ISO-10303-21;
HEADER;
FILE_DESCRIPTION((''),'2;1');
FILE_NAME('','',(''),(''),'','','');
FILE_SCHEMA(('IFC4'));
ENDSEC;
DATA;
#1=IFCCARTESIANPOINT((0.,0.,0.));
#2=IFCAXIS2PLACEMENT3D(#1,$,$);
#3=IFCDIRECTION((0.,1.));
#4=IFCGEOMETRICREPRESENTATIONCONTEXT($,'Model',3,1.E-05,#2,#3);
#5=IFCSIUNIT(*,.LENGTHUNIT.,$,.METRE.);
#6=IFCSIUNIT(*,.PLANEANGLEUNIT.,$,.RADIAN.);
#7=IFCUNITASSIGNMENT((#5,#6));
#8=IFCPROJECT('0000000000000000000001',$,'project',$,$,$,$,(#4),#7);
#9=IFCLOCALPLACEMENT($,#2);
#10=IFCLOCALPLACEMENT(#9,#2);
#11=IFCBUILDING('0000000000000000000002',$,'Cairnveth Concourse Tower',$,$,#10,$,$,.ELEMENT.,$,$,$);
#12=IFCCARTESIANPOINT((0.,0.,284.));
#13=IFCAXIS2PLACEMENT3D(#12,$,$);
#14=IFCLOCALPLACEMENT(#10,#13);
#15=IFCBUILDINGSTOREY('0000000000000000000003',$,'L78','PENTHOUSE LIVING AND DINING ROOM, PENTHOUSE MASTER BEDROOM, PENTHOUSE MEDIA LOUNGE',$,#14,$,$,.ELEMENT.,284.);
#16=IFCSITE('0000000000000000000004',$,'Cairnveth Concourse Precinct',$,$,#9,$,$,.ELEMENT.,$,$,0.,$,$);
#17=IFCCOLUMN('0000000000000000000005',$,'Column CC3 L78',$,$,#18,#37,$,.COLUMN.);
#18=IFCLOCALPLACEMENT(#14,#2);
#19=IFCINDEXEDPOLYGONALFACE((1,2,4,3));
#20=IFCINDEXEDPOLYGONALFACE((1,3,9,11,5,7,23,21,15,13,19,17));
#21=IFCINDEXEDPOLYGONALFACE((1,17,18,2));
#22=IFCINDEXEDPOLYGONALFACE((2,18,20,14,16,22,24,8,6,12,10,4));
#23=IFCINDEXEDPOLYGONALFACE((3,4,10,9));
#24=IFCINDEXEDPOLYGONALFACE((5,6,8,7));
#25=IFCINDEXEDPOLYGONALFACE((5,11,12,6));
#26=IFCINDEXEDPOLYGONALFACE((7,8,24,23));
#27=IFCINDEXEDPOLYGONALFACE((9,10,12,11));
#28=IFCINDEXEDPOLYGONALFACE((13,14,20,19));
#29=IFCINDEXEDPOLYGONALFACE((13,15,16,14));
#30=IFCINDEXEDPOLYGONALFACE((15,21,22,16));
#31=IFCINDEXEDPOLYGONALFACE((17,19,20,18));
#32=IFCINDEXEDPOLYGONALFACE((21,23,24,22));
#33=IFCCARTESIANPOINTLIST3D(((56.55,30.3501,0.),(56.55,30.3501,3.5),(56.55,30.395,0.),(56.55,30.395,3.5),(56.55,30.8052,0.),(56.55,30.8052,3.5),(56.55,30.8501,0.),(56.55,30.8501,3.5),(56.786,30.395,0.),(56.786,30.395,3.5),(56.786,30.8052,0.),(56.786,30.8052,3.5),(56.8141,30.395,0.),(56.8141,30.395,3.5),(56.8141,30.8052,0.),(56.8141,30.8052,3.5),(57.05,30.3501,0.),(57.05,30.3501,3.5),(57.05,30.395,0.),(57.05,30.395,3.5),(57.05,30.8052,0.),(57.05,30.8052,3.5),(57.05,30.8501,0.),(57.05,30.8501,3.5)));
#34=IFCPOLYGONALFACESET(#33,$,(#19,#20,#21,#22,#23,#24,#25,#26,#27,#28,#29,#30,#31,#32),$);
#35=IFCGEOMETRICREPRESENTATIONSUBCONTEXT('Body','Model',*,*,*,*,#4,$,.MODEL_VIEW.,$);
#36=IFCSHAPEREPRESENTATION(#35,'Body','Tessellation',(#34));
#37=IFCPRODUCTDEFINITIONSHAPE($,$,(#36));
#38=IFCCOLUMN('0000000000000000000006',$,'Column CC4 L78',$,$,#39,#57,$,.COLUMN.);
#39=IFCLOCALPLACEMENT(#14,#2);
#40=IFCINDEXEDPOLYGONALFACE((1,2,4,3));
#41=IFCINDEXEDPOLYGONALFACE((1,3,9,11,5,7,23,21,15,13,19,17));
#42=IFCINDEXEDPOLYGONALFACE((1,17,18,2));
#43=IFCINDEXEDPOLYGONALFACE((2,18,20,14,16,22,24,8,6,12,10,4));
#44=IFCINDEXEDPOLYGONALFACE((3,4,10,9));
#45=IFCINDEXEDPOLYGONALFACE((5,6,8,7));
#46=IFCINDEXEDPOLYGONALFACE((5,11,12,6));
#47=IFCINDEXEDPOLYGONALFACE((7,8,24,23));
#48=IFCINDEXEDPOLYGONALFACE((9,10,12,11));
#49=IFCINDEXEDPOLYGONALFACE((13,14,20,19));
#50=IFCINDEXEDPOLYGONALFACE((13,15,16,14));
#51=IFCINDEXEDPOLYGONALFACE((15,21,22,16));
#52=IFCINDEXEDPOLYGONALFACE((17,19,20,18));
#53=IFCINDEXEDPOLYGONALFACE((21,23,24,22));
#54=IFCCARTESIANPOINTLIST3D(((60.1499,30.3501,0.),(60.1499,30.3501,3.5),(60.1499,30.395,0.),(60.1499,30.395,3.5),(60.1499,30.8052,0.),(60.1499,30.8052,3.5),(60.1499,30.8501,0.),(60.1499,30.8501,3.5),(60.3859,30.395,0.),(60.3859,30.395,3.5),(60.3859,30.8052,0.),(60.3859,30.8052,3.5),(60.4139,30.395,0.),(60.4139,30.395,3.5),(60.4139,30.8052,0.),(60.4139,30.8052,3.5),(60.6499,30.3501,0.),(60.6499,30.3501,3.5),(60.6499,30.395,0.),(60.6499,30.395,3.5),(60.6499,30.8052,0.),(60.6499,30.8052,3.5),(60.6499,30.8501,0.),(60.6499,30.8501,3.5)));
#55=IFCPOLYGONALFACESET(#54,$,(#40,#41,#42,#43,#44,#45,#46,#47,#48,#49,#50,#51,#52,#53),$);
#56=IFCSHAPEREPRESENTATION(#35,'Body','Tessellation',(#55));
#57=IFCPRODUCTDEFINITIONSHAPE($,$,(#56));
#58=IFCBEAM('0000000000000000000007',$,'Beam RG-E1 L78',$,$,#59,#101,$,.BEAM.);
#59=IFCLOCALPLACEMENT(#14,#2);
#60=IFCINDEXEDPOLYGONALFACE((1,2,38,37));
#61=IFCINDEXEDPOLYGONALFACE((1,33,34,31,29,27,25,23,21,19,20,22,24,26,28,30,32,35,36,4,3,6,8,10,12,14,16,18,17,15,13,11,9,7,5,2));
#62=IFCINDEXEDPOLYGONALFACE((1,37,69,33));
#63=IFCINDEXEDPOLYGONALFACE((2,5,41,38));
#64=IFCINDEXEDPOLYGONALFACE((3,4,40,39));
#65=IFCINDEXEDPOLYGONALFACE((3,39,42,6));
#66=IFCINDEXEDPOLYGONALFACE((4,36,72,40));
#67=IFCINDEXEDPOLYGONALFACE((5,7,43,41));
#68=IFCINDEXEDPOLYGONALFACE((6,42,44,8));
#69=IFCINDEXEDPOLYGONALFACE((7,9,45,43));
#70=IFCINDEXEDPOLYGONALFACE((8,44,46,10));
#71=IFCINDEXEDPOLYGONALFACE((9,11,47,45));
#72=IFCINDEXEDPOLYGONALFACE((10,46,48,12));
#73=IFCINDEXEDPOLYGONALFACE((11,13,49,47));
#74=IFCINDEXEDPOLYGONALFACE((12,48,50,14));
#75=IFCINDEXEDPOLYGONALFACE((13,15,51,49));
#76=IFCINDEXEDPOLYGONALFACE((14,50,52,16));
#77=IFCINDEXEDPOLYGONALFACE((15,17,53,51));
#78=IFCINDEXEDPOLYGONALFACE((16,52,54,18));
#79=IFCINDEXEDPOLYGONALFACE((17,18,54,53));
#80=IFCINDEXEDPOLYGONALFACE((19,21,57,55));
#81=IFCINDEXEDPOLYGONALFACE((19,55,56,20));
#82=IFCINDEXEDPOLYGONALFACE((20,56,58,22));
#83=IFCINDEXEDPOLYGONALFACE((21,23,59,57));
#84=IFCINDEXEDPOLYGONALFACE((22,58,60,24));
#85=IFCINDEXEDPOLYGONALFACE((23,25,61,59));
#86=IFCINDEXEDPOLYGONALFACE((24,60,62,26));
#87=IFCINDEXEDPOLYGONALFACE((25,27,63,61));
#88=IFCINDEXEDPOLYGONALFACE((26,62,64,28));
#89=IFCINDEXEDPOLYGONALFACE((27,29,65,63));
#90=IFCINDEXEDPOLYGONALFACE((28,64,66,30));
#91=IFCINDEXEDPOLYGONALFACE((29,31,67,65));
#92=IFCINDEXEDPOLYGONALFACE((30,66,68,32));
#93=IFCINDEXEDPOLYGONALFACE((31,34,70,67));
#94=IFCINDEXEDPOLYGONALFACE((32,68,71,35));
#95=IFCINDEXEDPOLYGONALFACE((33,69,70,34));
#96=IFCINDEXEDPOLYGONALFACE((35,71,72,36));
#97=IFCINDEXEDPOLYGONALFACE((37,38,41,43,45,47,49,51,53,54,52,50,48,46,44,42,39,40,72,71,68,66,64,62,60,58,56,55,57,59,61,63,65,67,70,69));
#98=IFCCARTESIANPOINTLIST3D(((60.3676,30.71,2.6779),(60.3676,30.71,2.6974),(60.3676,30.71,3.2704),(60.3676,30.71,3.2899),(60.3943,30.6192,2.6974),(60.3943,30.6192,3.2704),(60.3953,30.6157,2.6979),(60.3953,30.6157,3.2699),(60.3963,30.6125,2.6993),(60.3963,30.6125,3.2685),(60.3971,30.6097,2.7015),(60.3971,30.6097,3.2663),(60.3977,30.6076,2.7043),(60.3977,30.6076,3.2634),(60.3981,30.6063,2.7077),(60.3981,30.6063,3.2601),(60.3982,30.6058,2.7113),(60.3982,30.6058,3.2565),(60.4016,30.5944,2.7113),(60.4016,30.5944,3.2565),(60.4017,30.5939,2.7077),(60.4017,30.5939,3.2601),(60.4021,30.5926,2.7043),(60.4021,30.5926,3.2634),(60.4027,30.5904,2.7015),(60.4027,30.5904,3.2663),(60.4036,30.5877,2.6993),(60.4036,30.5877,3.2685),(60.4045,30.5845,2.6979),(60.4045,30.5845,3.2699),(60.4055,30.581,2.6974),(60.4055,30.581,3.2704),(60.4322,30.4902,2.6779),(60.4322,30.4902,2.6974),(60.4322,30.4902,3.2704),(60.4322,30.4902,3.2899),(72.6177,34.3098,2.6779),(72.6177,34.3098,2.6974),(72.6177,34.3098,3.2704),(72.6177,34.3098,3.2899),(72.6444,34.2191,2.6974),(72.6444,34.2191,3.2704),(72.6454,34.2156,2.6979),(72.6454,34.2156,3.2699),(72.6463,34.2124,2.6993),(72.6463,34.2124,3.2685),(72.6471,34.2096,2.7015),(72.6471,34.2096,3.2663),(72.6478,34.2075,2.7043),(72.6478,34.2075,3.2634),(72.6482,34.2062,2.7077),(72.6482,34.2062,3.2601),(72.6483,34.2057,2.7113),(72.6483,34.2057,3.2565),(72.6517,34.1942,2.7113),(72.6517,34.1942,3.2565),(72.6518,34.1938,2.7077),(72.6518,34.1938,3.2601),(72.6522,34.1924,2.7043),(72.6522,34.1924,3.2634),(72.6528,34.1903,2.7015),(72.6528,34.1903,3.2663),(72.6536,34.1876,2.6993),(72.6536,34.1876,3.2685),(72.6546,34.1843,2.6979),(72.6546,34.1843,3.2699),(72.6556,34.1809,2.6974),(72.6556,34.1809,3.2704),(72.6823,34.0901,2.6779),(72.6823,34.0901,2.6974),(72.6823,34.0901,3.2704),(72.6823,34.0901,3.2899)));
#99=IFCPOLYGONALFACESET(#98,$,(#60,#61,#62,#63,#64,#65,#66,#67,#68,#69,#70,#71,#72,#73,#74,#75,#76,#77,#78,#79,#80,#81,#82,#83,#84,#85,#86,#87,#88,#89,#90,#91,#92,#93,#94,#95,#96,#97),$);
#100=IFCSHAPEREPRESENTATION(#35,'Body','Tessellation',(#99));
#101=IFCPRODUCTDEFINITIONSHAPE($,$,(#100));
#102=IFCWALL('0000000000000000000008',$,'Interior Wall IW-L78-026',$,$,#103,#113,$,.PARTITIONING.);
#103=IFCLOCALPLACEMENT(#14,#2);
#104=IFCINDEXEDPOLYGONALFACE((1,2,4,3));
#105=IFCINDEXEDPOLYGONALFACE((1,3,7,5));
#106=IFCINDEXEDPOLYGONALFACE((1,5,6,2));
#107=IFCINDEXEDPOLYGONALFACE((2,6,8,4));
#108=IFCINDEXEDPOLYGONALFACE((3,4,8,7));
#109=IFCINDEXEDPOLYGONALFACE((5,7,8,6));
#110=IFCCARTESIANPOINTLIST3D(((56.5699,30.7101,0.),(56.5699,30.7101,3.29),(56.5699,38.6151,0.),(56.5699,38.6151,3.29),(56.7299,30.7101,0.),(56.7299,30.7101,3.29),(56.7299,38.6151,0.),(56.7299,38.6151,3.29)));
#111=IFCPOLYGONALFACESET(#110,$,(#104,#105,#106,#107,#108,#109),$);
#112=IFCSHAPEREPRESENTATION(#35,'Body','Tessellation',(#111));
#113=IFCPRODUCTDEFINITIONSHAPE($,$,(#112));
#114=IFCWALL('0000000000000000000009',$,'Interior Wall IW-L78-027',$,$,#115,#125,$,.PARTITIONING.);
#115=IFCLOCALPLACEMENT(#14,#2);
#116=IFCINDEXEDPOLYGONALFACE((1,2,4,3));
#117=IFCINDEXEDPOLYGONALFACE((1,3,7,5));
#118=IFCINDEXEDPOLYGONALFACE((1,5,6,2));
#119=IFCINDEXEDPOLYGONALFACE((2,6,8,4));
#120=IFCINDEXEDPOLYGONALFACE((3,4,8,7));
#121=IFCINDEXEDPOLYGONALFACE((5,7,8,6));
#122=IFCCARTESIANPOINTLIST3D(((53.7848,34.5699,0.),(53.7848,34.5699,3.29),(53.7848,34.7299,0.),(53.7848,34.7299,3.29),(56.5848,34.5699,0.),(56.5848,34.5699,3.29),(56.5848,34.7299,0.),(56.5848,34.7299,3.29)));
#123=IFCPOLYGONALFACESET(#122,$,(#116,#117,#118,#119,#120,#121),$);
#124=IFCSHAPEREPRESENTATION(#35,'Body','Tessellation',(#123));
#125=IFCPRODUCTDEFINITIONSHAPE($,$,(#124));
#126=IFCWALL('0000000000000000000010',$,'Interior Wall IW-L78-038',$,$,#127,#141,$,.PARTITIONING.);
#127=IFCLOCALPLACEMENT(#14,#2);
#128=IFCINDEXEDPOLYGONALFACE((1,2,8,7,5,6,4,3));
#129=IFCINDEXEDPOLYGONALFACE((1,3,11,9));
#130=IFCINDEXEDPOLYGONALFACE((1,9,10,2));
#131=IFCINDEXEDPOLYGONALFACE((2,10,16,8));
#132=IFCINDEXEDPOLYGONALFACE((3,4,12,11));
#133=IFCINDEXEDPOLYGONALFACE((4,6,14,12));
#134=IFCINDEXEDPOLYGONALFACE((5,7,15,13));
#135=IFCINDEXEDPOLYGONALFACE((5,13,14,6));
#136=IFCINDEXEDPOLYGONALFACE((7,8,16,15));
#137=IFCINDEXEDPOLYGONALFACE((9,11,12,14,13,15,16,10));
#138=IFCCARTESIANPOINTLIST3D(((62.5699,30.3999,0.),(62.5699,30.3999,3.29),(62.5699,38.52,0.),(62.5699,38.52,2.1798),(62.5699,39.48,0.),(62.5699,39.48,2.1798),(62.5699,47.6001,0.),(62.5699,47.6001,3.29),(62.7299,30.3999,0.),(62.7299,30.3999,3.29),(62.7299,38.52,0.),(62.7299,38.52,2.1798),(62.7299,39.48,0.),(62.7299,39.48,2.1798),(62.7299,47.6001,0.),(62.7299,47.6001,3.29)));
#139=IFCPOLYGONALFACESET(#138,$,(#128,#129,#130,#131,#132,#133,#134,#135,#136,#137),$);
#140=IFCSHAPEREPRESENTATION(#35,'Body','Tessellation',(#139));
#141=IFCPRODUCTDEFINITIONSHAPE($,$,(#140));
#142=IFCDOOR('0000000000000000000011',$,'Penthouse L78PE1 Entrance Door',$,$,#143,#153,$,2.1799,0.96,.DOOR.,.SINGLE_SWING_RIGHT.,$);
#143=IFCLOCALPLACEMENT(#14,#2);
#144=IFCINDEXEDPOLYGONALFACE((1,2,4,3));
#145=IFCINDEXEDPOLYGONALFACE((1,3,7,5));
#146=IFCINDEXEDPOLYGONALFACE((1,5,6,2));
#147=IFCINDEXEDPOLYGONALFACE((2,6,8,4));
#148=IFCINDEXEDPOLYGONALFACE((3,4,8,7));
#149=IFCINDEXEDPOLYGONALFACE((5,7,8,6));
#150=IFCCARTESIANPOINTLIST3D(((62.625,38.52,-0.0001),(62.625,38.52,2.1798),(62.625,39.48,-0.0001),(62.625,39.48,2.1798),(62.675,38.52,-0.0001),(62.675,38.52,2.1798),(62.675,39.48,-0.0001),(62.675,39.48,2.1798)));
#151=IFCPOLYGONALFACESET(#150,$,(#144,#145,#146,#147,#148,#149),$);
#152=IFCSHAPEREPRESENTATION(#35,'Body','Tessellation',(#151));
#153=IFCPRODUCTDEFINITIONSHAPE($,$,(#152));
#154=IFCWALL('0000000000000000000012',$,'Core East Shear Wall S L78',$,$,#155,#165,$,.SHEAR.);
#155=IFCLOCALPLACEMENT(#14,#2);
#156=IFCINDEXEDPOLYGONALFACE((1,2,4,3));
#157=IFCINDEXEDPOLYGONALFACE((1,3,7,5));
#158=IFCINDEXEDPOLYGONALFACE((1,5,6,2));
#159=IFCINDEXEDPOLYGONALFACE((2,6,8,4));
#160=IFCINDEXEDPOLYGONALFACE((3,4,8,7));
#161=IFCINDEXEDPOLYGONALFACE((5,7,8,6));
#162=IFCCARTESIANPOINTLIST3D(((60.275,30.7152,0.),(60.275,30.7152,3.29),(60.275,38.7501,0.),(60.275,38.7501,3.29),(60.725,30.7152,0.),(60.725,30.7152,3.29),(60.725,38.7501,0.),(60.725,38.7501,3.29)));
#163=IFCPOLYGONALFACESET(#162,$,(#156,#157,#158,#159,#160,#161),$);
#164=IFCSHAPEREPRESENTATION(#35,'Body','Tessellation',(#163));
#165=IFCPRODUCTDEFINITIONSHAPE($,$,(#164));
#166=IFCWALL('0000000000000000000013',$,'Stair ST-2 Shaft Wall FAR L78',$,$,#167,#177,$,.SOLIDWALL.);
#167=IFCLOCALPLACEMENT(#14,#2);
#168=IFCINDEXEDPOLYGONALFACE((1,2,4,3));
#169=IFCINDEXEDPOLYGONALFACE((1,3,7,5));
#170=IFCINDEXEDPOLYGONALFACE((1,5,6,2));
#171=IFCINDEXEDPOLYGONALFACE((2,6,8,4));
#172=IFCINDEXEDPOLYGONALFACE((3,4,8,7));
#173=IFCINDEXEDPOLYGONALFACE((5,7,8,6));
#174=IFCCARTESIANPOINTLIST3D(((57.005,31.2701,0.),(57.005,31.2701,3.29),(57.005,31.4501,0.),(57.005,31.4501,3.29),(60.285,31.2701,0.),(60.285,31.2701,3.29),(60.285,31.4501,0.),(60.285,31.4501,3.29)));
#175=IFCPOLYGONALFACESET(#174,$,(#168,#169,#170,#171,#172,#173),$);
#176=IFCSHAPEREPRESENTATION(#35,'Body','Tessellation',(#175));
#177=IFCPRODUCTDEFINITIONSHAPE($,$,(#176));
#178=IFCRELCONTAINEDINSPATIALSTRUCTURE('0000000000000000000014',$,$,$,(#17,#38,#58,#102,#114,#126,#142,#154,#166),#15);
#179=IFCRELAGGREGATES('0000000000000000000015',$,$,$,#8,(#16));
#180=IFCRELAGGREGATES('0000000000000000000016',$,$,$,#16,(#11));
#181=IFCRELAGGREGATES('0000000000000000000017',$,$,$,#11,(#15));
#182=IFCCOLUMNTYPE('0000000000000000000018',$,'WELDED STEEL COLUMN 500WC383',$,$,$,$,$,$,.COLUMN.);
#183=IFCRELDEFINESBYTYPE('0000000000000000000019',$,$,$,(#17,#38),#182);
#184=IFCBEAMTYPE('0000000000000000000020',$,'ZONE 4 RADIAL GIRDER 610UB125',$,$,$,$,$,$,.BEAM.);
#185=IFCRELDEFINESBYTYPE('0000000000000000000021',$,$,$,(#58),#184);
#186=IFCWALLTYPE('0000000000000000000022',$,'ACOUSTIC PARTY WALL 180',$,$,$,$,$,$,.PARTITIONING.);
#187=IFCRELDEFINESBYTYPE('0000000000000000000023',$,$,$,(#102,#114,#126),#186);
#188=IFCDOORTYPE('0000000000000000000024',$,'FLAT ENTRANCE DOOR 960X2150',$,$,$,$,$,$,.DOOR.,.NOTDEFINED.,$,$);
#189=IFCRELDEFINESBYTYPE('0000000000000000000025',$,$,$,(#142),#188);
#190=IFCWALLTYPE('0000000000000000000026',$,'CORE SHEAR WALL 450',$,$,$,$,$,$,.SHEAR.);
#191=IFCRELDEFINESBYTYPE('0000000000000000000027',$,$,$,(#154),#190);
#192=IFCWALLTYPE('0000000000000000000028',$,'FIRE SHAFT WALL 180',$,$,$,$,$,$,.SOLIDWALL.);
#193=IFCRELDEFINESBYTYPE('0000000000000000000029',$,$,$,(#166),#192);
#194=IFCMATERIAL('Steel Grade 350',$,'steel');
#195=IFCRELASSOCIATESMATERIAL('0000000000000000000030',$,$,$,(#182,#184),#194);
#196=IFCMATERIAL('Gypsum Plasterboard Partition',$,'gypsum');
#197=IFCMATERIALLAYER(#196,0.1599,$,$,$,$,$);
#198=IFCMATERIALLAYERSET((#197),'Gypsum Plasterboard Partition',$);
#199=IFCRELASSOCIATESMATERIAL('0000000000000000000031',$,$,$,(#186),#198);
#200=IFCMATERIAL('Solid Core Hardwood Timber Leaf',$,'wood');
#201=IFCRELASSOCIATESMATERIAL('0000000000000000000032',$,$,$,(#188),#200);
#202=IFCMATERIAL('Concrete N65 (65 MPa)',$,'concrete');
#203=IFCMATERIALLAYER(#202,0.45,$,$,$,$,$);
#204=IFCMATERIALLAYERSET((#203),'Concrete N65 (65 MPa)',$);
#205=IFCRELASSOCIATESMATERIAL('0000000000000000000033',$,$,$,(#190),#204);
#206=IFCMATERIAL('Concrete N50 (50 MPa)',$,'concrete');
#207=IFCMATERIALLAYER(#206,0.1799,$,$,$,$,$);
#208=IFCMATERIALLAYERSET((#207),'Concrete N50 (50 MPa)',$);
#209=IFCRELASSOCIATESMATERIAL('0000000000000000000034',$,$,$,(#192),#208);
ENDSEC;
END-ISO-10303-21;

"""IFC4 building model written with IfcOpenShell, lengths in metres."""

from ifc_helpers import new_model, si_unit, direction, frame, frame_2d, origin, origin_2d, place, context, subcontext, project, spatial, rectangle, i_section, extrude, material, layer, layer_set, material_profile, profile_set, type_object, element, fill, save


model = new_model("IFC4")

# Units and contexts
model_context = context("Model", 3, precision=1e-05, world=origin(), true_north=direction((0.0, 1.0)))
body_context = subcontext(model_context, "Body", "Model", "MODEL_VIEW")
ifc_project = project(units=[si_unit("LENGTHUNIT", "METRE"), si_unit("PLANEANGLEUNIT", "RADIAN")], contexts=[model_context])

# Site, building, storey
site_placement = place(None, origin())
site = spatial("IfcSite", under=ifc_project, at=site_placement, Name="Cairnveth Concourse Precinct", CompositionType="ELEMENT", RefElevation=0.0)
building_placement = place(site_placement, origin())
building = spatial("IfcBuilding", under=site, at=building_placement, Name="Cairnveth Concourse Tower", CompositionType="ELEMENT")
storey_placement = place(building_placement, frame((0.0, 0.0, 284.0)))
storey = spatial("IfcBuildingStorey", under=building, at=storey_placement, Name="L78", Description="PENTHOUSE LIVING AND DINING ROOM, PENTHOUSE MASTER BEDROOM, PENTHOUSE MEDIA LOUNGE", CompositionType="ELEMENT", Elevation=284.0)

# Columns
ifc_material_1 = material(Name="Steel Grade 350", Category="steel")
ifc_material_profile_1 = material_profile(ifc_material_1, i_section(OverallWidth=0.5, OverallDepth=0.5, WebThickness=0.0281, FlangeThickness=0.0449, at=origin_2d()), Name="500WC383")
ifc_profile_set_1 = profile_set([ifc_material_profile_1], Name="Steel Grade 350")
column_type = type_object("IfcColumnType", Name="WELDED STEEL COLUMN 500WC383", PredefinedType="COLUMN", material=ifc_profile_set_1)
for number, where, z_axis, x_axis, name in (
    (1, (56.8, 30.6001, 0.0), (0.0, 0.0, 1.0), (1.0, 0.0, 0.0), "Column CC3 L78"),
    (2, (60.3999, 30.6001, 0.0), (0.0, 0.0, 1.0), (1.0, 0.0, 0.0), "Column CC4 L78"),
):
    element("IfcColumn", number, at=place(storey_placement, frame(where, z_axis=z_axis, x_axis=x_axis)), inside=storey, type_object=column_type, Name=name, PredefinedType="COLUMN", context=body_context, shape_type="SweptSolid", body=[
        extrude(i_section(OverallWidth=0.5, OverallDepth=0.5, WebThickness=0.0281, FlangeThickness=0.0449, at=origin_2d()), origin(), (0.0, 0.0, 1.0), 3.5),
    ])

# Beam
ifc_material_profile_2 = material_profile(ifc_material_1, i_section(OverallWidth=0.229, OverallDepth=0.6121, WebThickness=0.012, FlangeThickness=0.0195, FilletRadius=0.0139, at=origin_2d()), Name="610UB125")
ifc_profile_set_2 = profile_set([ifc_material_profile_2], Name="Steel Grade 350")
beam_type = type_object("IfcBeamType", Name="ZONE 4 RADIAL GIRDER 610UB125", PredefinedType="BEAM", material=ifc_profile_set_2)
beam_placement = place(storey_placement, frame((60.3999, 30.6001, 2.9839), z_axis=(0.959431, 0.281944, 0.0), x_axis=(-0.281944, 0.959431, 0.0)))
element("IfcBeam", 3, at=beam_placement, inside=storey, type_object=beam_type, Name="Beam RG-E1 L78", PredefinedType="BEAM", context=body_context, shape_type="SweptSolid", body=[
    extrude(i_section(OverallWidth=0.229, OverallDepth=0.6121, WebThickness=0.012, FlangeThickness=0.0195, FilletRadius=0.0139, at=origin_2d()), origin(), (0.0, 0.0, 1.0), 12.7681),
])

# Walls
ifc_material_2 = material(Name="Gypsum Plasterboard Partition", Category="gypsum")
ifc_layer_1 = layer(ifc_material_2, 0.1599)
ifc_layer_set_1 = layer_set([ifc_layer_1], Name="Gypsum Plasterboard Partition")
wall_type_1 = type_object("IfcWallType", Name="ACOUSTIC PARTY WALL 180", PredefinedType="PARTITIONING", material=ifc_layer_set_1)
wall_1_placement = place(storey_placement, frame((56.6499, 30.71, 0.0), z_axis=(0.0, 0.0, 1.0), x_axis=(0.0, 1.0, 0.0)))
element("IfcWall", 4, at=wall_1_placement, inside=storey, type_object=wall_type_1, Name="Interior Wall IW-L78-026", PredefinedType="PARTITIONING", context=body_context, shape_type="SweptSolid", body=[
    extrude(rectangle(XDim=7.905, YDim=0.1599, at=frame_2d((3.9526, 0.0))), origin(), (0.0, 0.0, 1.0), 3.29),
])
wall_2_placement = place(storey_placement, frame((53.7849, 34.6499, 0.0), z_axis=(0.0, 0.0, 1.0), x_axis=(1.0, 0.0, 0.0)))
element("IfcWall", 5, at=wall_2_placement, inside=storey, type_object=wall_type_1, Name="Interior Wall IW-L78-027", PredefinedType="PARTITIONING", context=body_context, shape_type="SweptSolid", body=[
    extrude(rectangle(XDim=2.8, YDim=0.1599, at=frame_2d((1.3999, 0.0))), origin(), (0.0, 0.0, 1.0), 3.29),
])

# Wall, opening, door
wall_3_placement = place(storey_placement, frame((62.6499, 30.3999, 0.0), z_axis=(0.0, 0.0, 1.0), x_axis=(0.0, 1.0, 0.0)))
wall_3 = element("IfcWall", 6, at=wall_3_placement, inside=storey, type_object=wall_type_1, Name="Interior Wall IW-L78-038", PredefinedType="PARTITIONING", context=body_context, shape_type="SweptSolid", body=[
    extrude(rectangle(XDim=17.2002, YDim=0.1599, at=frame_2d((8.6001, 0.0))), origin(), (0.0, 0.0, 1.0), 3.29),
])
opening_1_placement = place(wall_3_placement, frame((8.1201, 0.0, 0.0)))
opening_1 = element("IfcOpeningElement", 7, at=opening_1_placement, cuts=wall_3, PredefinedType="OPENING", context=body_context, shape_type="SweptSolid", body=[
    extrude(rectangle(XDim=0.96, YDim=2.1799, at=frame_2d((0.48, 1.0898))), frame((0.0, 0.0898, 0.0), z_axis=(0.0, -1.0, 0.0), x_axis=(1.0, 0.0, 0.0)), (0.0, 0.0, 1.0), 0.1799),
])
ifc_material_3 = material(Name="Solid Core Hardwood Timber Leaf", Category="wood")
door_type_1 = type_object("IfcDoorType", Name="FLAT ENTRANCE DOOR 960X2150", OperationType="NOTDEFINED", PredefinedType="DOOR", material=ifc_material_3)
door_1_placement = place(opening_1_placement, origin())
door_1 = element("IfcDoor", 8, at=door_1_placement, inside=storey, type_object=door_type_1, Name="Penthouse L78PE1 Entrance Door", OperationType="SINGLE_SWING_RIGHT", OverallHeight=2.1799, OverallWidth=0.96, PredefinedType="DOOR", context=body_context, shape_type="SweptSolid", body=[
    extrude(rectangle(XDim=0.96, YDim=2.1799, at=frame_2d((0.48, 1.0898))), frame((0.0, 0.0249, 0.0), z_axis=(0.0, -1.0, 0.0), x_axis=(1.0, 0.0, 0.0)), (0.0, 0.0, 1.0), 0.05),
])
fill(opening_1, door_1)

# Walls
ifc_material_4 = material(Name="Concrete N65 (65 MPa)", Category="concrete")
ifc_layer_2 = layer(ifc_material_4, 0.45)
ifc_layer_set_2 = layer_set([ifc_layer_2], Name="Concrete N65 (65 MPa)")
wall_type_2 = type_object("IfcWallType", Name="CORE SHEAR WALL 450", PredefinedType="SHEAR", material=ifc_layer_set_2)
wall_4_placement = place(storey_placement, frame((60.5, 30.7151, 0.0), z_axis=(0.0, 0.0, 1.0), x_axis=(0.0, 1.0, 0.0)))
element("IfcWall", 9, at=wall_4_placement, inside=storey, type_object=wall_type_2, Name="Core East Shear Wall S L78", PredefinedType="SHEAR", context=body_context, shape_type="SweptSolid", body=[
    extrude(rectangle(XDim=8.0349, YDim=0.45, at=frame_2d((4.0176, 0.0))), origin(), (0.0, 0.0, 1.0), 3.29),
])
ifc_material_5 = material(Name="Concrete N50 (50 MPa)", Category="concrete")
ifc_layer_3 = layer(ifc_material_5, 0.1799)
ifc_layer_set_3 = layer_set([ifc_layer_3], Name="Concrete N50 (50 MPa)")
wall_type_3 = type_object("IfcWallType", Name="FIRE SHAFT WALL 180", PredefinedType="SOLIDWALL", material=ifc_layer_set_3)
wall_5_placement = place(storey_placement, frame((57.0049, 31.3601, 0.0), z_axis=(0.0, 0.0, 1.0), x_axis=(1.0, 0.0, 0.0)))
element("IfcWall", 10, at=wall_5_placement, inside=storey, type_object=wall_type_3, Name="Stair ST-2 Shaft Wall FAR L78", PredefinedType="SOLIDWALL", context=body_context, shape_type="SweptSolid", body=[
    extrude(rectangle(XDim=3.28, YDim=0.1799, at=frame_2d((1.6401, 0.0))), origin(), (0.0, 0.0, 1.0), 3.29),
])

save(model, "model.ifc")
